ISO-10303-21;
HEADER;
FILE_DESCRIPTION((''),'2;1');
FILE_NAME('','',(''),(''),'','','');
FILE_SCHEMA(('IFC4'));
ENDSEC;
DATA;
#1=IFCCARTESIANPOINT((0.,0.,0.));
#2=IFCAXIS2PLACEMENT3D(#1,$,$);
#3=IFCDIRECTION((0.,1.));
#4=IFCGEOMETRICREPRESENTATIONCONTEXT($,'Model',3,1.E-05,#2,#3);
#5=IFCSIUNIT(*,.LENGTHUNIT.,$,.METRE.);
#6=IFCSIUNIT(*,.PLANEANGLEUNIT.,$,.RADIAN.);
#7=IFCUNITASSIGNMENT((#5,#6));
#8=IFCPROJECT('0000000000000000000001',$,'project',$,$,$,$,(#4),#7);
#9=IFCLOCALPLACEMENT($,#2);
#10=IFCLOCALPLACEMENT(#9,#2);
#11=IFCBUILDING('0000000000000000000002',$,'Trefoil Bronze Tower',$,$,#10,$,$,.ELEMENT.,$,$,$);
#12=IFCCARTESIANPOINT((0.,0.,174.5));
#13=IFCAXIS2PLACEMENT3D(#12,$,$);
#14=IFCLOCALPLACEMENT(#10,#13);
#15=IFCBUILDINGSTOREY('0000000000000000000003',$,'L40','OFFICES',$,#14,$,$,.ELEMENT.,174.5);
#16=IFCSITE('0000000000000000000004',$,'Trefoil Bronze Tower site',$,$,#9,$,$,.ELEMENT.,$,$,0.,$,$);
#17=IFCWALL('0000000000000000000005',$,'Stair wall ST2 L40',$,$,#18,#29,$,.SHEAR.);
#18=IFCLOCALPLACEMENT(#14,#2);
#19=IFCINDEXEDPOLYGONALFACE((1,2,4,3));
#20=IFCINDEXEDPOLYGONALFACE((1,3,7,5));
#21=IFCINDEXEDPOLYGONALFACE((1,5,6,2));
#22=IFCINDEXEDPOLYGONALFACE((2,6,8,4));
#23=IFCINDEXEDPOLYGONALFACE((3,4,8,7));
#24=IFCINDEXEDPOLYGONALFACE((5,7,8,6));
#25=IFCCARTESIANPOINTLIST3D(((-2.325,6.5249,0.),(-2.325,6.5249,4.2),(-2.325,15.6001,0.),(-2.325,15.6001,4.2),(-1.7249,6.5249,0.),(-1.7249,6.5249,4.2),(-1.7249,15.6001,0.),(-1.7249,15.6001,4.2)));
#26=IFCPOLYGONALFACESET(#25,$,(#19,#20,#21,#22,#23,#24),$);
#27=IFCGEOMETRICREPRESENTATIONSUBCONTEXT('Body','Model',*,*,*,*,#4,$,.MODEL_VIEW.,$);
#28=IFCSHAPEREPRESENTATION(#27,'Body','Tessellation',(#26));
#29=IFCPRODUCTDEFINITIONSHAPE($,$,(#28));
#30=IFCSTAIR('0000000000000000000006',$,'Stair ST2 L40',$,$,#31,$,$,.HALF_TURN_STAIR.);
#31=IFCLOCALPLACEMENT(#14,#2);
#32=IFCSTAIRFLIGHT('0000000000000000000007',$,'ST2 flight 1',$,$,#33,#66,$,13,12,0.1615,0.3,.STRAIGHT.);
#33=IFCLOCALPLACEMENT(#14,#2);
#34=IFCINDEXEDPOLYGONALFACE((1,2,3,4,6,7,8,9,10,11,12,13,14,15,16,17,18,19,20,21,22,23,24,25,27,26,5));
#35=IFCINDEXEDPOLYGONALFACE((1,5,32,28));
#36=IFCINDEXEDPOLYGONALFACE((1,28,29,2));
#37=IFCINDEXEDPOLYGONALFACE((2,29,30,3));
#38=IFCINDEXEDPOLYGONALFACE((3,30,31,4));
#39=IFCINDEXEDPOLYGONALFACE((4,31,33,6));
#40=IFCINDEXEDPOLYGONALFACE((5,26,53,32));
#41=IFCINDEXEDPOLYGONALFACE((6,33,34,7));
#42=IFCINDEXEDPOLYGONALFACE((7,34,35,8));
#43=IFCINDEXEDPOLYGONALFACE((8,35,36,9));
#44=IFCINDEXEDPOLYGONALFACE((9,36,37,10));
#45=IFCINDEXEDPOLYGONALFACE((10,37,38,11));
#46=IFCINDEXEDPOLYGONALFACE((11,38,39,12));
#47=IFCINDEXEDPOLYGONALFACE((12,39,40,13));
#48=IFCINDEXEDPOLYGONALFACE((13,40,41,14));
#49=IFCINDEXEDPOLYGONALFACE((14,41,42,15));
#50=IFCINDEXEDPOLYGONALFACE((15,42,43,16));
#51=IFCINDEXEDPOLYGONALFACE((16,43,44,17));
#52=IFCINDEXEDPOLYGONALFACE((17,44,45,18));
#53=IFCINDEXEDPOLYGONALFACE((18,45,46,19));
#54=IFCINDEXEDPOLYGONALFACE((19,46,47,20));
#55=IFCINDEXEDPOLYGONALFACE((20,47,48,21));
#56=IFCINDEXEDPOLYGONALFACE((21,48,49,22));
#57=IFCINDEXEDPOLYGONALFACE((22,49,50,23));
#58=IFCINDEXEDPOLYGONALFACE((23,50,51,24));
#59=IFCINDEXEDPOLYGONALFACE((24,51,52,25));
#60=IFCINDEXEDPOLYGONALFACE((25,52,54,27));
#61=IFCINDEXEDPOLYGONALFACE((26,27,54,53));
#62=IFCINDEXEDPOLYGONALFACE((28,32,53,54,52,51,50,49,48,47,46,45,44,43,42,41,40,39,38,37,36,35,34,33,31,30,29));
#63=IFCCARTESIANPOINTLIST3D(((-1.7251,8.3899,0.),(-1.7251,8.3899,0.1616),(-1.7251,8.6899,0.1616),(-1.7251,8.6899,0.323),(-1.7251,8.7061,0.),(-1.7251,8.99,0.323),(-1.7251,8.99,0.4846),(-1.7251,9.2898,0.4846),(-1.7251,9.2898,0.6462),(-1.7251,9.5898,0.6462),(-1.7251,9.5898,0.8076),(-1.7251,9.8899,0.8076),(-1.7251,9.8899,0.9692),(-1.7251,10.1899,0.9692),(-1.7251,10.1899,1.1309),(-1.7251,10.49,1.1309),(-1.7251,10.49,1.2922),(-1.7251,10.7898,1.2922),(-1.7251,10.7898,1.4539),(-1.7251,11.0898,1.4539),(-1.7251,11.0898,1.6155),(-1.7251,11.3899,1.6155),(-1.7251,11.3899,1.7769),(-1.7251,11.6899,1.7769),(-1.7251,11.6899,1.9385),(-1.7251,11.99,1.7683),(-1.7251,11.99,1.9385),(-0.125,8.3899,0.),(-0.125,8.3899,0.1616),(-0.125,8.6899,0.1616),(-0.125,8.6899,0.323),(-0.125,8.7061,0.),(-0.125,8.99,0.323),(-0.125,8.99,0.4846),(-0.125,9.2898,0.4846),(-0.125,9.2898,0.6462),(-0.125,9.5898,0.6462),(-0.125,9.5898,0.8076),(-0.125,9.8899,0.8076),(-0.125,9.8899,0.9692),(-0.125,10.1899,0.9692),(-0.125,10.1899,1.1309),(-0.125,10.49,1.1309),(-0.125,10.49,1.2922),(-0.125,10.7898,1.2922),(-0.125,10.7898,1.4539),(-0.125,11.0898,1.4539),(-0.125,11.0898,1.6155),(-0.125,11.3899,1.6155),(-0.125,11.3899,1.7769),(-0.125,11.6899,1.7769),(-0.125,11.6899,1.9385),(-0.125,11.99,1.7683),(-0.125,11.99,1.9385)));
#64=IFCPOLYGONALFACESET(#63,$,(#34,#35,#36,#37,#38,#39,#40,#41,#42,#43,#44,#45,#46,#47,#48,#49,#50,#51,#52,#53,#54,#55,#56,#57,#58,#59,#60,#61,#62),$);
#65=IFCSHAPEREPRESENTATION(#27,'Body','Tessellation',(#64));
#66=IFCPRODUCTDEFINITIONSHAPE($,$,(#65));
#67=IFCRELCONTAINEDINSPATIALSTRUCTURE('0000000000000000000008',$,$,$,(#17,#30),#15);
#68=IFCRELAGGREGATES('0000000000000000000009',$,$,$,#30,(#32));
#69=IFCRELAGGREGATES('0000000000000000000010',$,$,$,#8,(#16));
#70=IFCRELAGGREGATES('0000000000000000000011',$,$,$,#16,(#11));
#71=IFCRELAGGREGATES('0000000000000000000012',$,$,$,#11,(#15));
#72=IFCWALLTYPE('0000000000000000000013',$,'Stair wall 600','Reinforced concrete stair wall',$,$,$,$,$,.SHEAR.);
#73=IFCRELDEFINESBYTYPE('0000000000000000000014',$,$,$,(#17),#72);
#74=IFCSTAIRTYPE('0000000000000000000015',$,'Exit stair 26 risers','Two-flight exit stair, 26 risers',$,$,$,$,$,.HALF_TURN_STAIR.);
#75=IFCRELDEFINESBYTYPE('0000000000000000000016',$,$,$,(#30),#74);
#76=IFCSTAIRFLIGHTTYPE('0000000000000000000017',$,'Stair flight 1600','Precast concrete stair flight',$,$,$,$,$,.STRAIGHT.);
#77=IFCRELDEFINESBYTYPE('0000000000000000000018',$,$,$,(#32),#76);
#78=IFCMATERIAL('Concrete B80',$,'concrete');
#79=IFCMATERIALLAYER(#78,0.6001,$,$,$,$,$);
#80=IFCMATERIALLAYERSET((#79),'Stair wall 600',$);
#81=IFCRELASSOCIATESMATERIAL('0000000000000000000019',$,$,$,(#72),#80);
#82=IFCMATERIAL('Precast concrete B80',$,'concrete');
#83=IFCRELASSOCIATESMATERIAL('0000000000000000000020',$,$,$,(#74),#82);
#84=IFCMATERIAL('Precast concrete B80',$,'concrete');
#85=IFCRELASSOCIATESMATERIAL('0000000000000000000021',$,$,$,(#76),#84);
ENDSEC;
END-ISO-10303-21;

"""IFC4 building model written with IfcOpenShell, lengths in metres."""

from ifc_helpers import new_model, si_unit, direction, frame, frame_2d, origin, place, context, subcontext, project, spatial, polyline, rectangle, outline, extrude, material, layer, layer_set, type_object, element, aggregate, save


model = new_model("IFC4")

# Units and contexts
model_context = context("Model", 3, precision=1e-05, world=origin(), true_north=direction((0.0, 1.0)))
body_context = subcontext(model_context, "Body", "Model", "MODEL_VIEW")
ifc_project = project(units=[si_unit("LENGTHUNIT", "METRE"), si_unit("PLANEANGLEUNIT", "RADIAN")], contexts=[model_context])

# Site, building, storey
site_placement = place(None, origin())
site = spatial("IfcSite", under=ifc_project, at=site_placement, Name="Trefoil Bronze Tower site", CompositionType="ELEMENT", RefElevation=0.0)
building_placement = place(site_placement, origin())
building = spatial("IfcBuilding", under=site, at=building_placement, Name="Trefoil Bronze Tower", CompositionType="ELEMENT")
storey_placement = place(building_placement, frame((0.0, 0.0, 174.5)))
storey = spatial("IfcBuildingStorey", under=building, at=storey_placement, Name="L40", Description="OFFICES", CompositionType="ELEMENT", Elevation=174.5)

# Wall
ifc_material_1 = material(Name="Concrete B80", Category="concrete")
ifc_layer_1 = layer(ifc_material_1, 0.6001)
ifc_layer_set_1 = layer_set([ifc_layer_1], Name="Stair wall 600")
wall_type_1 = type_object("IfcWallType", Name="Stair wall 600", Description="Reinforced concrete stair wall", PredefinedType="SHEAR", material=ifc_layer_set_1)
wall_1_placement = place(storey_placement, frame((-2.0249, 6.5249, 0.0), z_axis=(0.0, 0.0, 1.0), x_axis=(0.0, 1.0, 0.0)))
element("IfcWall", 1, at=wall_1_placement, inside=storey, type_object=wall_type_1, Name="Stair wall ST2 L40", PredefinedType="SHEAR", context=body_context, shape_type="SweptSolid", body=[
    extrude(rectangle(XDim=9.0752, YDim=0.6001, at=frame_2d((4.5376, 0.0))), origin(), (0.0, 0.0, 1.0), 4.2),
])

# Stair, stair flight
ifc_material_2 = material(Name="Precast concrete B80", Category="concrete")
stair_type = type_object("IfcStairType", Name="Exit stair 26 risers", Description="Two-flight exit stair, 26 risers", PredefinedType="HALF_TURN_STAIR", material=ifc_material_2)
stair_placement = place(storey_placement, origin())
stair = element("IfcStair", 2, at=stair_placement, inside=storey, type_object=stair_type, Name="Stair ST2 L40", PredefinedType="HALF_TURN_STAIR")
ifc_material_3 = material(Name="Precast concrete B80", Category="concrete")
stair_flight_type = type_object("IfcStairFlightType", Name="Stair flight 1600", Description="Precast concrete stair flight", PredefinedType="STRAIGHT", material=ifc_material_3)
stair_flight_placement = place(storey_placement, frame((-0.925, 8.3899, 0.0), z_axis=(0.0, 0.0, 1.0), x_axis=(0.0, 1.0, 0.0)))
stair_flight = element("IfcStairFlight", 3, at=stair_flight_placement, type_object=stair_flight_type, Name="ST2 flight 1", NumberOfRisers=13, NumberOfTreads=12, PredefinedType="STRAIGHT", RiserHeight=0.1615, TreadLength=0.3, context=body_context, shape_type="SweptSolid", body=[
    extrude(outline(polyline([(0.0, 0.0), (0.0, 0.1616), (0.3, 0.1616), (0.3, 0.323), (0.6001, 0.323), (0.6001, 0.4846), (0.8999, 0.4846), (0.8999, 0.6462), (1.2, 0.6462), (1.2, 0.8076), (1.5, 0.8076), (1.5, 0.9692), (1.8, 0.9692), (1.8, 1.1309), (2.1001, 1.1309), (2.1001, 1.2922), (2.3999, 1.2922), (2.3999, 1.4539), (2.7, 1.4539), (2.7, 1.6155), (3.0, 1.6155), (3.0, 1.7769), (3.3, 1.7769), (3.3, 1.9385), (3.6001, 1.9385), (3.6001, 2.1001), (3.6001, 1.7683), (0.3162, 0.0), (0.0, 0.0)])), frame((0.0, 0.8, 0.0), z_axis=(0.0, -1.0, 0.0), x_axis=(1.0, 0.0, 0.0)), (0.0, 0.0, 1.0), 1.6001),
])
aggregate(stair, [stair_flight])

save(model, "model.ifc")
